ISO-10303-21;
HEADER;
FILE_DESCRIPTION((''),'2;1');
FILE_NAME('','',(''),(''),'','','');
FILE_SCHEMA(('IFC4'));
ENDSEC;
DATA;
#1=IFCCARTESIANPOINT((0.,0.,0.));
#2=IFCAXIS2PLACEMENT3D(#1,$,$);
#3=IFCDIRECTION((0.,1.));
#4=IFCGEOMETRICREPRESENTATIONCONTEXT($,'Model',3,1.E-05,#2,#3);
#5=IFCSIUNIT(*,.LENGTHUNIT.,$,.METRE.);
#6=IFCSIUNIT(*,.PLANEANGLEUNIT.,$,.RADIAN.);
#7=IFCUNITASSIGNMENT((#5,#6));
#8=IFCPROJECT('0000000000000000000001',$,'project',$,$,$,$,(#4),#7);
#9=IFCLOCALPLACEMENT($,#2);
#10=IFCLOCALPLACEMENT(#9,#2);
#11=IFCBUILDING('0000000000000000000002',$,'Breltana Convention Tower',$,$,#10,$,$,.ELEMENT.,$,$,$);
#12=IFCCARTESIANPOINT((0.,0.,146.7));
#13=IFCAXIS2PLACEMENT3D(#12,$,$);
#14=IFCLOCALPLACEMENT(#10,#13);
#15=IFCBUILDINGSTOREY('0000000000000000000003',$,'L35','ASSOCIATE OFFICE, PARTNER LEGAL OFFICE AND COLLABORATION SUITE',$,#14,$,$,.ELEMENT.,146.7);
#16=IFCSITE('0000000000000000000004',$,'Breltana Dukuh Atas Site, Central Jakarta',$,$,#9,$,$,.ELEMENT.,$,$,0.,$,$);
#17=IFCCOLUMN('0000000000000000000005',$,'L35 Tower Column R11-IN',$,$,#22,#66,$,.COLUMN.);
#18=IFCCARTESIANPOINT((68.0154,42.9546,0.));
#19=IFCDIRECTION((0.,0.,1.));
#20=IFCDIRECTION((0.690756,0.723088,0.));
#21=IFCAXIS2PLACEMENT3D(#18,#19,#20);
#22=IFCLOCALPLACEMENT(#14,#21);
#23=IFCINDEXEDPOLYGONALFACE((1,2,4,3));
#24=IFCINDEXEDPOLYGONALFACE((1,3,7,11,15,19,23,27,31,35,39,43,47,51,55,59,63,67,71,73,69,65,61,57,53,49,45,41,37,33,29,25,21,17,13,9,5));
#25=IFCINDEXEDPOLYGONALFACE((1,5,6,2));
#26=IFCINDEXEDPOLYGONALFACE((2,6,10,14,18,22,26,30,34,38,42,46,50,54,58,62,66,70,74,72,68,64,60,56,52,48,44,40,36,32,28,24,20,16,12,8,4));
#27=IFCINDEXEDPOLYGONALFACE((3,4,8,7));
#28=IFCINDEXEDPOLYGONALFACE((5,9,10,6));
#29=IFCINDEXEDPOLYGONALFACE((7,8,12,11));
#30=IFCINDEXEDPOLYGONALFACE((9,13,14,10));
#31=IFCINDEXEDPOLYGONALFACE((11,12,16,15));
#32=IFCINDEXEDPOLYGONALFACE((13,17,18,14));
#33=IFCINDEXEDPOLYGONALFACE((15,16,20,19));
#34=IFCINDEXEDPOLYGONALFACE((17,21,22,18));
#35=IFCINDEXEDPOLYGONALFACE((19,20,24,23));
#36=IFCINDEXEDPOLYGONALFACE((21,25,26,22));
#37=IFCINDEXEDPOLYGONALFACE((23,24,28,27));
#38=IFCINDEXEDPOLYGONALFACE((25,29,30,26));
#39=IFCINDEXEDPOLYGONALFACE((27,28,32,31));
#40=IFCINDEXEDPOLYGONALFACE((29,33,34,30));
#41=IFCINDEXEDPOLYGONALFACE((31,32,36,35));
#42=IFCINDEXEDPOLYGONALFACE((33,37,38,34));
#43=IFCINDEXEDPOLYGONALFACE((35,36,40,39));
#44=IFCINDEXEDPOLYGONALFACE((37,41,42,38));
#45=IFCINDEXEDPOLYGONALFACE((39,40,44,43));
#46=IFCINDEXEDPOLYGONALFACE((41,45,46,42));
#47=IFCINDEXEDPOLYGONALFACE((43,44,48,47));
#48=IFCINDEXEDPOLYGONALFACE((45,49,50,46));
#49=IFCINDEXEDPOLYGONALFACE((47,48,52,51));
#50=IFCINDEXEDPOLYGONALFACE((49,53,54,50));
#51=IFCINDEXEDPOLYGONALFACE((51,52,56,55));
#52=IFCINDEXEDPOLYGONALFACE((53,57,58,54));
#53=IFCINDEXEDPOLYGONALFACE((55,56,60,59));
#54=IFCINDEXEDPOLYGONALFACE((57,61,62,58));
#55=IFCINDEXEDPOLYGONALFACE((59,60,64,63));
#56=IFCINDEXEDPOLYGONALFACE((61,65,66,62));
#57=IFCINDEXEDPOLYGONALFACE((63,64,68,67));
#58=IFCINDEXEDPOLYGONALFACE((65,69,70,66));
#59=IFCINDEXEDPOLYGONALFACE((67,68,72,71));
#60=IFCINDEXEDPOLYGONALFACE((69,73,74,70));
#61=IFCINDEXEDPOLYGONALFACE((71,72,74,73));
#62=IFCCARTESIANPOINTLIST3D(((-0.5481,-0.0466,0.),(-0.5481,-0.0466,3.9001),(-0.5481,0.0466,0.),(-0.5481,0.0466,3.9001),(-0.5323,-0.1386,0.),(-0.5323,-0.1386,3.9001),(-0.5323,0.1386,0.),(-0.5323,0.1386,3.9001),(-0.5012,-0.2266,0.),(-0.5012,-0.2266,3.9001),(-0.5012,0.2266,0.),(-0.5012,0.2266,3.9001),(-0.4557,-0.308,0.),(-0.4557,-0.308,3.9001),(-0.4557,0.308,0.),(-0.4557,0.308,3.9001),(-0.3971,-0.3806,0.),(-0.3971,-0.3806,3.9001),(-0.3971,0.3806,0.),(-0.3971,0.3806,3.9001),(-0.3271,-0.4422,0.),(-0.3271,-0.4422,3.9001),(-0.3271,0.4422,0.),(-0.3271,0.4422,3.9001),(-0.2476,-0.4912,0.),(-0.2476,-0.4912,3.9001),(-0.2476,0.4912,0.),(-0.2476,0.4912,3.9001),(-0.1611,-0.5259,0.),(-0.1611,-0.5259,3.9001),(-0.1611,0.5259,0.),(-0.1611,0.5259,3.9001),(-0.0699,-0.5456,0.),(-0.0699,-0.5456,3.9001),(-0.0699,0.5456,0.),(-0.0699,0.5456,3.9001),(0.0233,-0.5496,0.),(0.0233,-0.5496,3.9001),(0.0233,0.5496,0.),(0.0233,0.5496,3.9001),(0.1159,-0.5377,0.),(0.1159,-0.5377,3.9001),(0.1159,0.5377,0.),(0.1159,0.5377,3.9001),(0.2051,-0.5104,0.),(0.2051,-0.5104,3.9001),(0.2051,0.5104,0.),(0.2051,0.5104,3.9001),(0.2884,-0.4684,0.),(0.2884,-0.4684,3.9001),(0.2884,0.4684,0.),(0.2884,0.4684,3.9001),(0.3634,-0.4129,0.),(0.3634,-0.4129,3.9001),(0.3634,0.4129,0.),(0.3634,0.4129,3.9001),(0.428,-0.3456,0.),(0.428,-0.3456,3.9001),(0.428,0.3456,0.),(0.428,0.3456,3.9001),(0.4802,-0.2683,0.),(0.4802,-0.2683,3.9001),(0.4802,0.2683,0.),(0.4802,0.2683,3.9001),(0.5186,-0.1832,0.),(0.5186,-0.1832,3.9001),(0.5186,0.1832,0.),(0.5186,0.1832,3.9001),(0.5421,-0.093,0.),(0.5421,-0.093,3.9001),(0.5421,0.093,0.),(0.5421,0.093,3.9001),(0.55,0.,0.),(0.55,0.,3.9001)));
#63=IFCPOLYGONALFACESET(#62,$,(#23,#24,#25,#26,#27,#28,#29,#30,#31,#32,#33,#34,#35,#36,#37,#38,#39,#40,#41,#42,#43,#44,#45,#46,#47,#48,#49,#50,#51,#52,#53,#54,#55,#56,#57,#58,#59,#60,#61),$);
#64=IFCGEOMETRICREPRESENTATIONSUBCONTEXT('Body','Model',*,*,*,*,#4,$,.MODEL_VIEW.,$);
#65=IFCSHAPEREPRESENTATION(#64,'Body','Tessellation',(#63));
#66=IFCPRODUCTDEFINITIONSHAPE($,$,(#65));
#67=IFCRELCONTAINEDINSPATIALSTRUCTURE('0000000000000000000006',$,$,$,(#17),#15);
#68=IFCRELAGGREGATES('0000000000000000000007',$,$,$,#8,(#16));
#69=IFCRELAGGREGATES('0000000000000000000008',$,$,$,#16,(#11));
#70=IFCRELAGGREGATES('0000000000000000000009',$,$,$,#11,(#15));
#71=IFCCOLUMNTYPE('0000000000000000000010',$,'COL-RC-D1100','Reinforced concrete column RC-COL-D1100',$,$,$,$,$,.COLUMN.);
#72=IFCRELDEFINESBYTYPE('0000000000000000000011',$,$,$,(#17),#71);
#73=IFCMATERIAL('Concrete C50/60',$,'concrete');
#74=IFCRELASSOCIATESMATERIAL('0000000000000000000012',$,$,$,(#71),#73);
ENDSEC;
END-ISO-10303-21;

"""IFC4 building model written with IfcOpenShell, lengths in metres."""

from ifc_helpers import new_model, si_unit, direction, frame, origin, origin_2d, place, context, subcontext, project, spatial, circle, extrude, source, transform, mapped, material, material_profile, profile_set, type_object, element, save


model = new_model("IFC4")

# Units and contexts
model_context = context("Model", 3, precision=1e-05, world=origin(), true_north=direction((0.0, 1.0)))
body_context = subcontext(model_context, "Body", "Model", "MODEL_VIEW")
ifc_project = project(units=[si_unit("LENGTHUNIT", "METRE"), si_unit("PLANEANGLEUNIT", "RADIAN")], contexts=[model_context])

# Site, building, storey
site_placement = place(None, origin())
site = spatial("IfcSite", under=ifc_project, at=site_placement, Name="Breltana Dukuh Atas Site, Central Jakarta", CompositionType="ELEMENT", RefElevation=0.0)
building_placement = place(site_placement, origin())
building = spatial("IfcBuilding", under=site, at=building_placement, Name="Breltana Convention Tower", CompositionType="ELEMENT")
storey_placement = place(building_placement, frame((0.0, 0.0, 146.7)))
storey = spatial("IfcBuildingStorey", under=building, at=storey_placement, Name="L35", Description="ASSOCIATE OFFICE, PARTNER LEGAL OFFICE AND COLLABORATION SUITE", CompositionType="ELEMENT", Elevation=146.7)

# Column
ifc_material_1 = material(Name="Concrete C50/60", Category="concrete")
ifc_material_profile_1 = material_profile(ifc_material_1, circle(Radius=0.55, at=origin_2d()), Name="RC-COL-D1100")
ifc_profile_set_1 = profile_set([ifc_material_profile_1], Name="Concrete C50/60")
column_type = type_object("IfcColumnType", Name="COL-RC-D1100", Description="Reinforced concrete column RC-COL-D1100", PredefinedType="COLUMN", material=ifc_profile_set_1)
shared_shape_1 = source(origin(), body_context, "Body", "SweptSolid", [
    extrude(circle(Radius=0.55, at=origin_2d()), origin(), (0.0, 0.0, 1.0), 3.9001),
])
column_placement = place(storey_placement, frame((68.0154, 42.9546, 0.0), z_axis=(0.0, 0.0, 1.0), x_axis=(0.690756, 0.723088, 0.0)))
element("IfcColumn", 1, at=column_placement, inside=storey, type_object=column_type, Name="L35 Tower Column R11-IN", PredefinedType="COLUMN", context=body_context, shape_type="MappedRepresentation", body=[
    mapped(shared_shape_1, transform((0.0, 0.0, 0.0), scale=1.0)),
])

save(model, "model.ifc")
